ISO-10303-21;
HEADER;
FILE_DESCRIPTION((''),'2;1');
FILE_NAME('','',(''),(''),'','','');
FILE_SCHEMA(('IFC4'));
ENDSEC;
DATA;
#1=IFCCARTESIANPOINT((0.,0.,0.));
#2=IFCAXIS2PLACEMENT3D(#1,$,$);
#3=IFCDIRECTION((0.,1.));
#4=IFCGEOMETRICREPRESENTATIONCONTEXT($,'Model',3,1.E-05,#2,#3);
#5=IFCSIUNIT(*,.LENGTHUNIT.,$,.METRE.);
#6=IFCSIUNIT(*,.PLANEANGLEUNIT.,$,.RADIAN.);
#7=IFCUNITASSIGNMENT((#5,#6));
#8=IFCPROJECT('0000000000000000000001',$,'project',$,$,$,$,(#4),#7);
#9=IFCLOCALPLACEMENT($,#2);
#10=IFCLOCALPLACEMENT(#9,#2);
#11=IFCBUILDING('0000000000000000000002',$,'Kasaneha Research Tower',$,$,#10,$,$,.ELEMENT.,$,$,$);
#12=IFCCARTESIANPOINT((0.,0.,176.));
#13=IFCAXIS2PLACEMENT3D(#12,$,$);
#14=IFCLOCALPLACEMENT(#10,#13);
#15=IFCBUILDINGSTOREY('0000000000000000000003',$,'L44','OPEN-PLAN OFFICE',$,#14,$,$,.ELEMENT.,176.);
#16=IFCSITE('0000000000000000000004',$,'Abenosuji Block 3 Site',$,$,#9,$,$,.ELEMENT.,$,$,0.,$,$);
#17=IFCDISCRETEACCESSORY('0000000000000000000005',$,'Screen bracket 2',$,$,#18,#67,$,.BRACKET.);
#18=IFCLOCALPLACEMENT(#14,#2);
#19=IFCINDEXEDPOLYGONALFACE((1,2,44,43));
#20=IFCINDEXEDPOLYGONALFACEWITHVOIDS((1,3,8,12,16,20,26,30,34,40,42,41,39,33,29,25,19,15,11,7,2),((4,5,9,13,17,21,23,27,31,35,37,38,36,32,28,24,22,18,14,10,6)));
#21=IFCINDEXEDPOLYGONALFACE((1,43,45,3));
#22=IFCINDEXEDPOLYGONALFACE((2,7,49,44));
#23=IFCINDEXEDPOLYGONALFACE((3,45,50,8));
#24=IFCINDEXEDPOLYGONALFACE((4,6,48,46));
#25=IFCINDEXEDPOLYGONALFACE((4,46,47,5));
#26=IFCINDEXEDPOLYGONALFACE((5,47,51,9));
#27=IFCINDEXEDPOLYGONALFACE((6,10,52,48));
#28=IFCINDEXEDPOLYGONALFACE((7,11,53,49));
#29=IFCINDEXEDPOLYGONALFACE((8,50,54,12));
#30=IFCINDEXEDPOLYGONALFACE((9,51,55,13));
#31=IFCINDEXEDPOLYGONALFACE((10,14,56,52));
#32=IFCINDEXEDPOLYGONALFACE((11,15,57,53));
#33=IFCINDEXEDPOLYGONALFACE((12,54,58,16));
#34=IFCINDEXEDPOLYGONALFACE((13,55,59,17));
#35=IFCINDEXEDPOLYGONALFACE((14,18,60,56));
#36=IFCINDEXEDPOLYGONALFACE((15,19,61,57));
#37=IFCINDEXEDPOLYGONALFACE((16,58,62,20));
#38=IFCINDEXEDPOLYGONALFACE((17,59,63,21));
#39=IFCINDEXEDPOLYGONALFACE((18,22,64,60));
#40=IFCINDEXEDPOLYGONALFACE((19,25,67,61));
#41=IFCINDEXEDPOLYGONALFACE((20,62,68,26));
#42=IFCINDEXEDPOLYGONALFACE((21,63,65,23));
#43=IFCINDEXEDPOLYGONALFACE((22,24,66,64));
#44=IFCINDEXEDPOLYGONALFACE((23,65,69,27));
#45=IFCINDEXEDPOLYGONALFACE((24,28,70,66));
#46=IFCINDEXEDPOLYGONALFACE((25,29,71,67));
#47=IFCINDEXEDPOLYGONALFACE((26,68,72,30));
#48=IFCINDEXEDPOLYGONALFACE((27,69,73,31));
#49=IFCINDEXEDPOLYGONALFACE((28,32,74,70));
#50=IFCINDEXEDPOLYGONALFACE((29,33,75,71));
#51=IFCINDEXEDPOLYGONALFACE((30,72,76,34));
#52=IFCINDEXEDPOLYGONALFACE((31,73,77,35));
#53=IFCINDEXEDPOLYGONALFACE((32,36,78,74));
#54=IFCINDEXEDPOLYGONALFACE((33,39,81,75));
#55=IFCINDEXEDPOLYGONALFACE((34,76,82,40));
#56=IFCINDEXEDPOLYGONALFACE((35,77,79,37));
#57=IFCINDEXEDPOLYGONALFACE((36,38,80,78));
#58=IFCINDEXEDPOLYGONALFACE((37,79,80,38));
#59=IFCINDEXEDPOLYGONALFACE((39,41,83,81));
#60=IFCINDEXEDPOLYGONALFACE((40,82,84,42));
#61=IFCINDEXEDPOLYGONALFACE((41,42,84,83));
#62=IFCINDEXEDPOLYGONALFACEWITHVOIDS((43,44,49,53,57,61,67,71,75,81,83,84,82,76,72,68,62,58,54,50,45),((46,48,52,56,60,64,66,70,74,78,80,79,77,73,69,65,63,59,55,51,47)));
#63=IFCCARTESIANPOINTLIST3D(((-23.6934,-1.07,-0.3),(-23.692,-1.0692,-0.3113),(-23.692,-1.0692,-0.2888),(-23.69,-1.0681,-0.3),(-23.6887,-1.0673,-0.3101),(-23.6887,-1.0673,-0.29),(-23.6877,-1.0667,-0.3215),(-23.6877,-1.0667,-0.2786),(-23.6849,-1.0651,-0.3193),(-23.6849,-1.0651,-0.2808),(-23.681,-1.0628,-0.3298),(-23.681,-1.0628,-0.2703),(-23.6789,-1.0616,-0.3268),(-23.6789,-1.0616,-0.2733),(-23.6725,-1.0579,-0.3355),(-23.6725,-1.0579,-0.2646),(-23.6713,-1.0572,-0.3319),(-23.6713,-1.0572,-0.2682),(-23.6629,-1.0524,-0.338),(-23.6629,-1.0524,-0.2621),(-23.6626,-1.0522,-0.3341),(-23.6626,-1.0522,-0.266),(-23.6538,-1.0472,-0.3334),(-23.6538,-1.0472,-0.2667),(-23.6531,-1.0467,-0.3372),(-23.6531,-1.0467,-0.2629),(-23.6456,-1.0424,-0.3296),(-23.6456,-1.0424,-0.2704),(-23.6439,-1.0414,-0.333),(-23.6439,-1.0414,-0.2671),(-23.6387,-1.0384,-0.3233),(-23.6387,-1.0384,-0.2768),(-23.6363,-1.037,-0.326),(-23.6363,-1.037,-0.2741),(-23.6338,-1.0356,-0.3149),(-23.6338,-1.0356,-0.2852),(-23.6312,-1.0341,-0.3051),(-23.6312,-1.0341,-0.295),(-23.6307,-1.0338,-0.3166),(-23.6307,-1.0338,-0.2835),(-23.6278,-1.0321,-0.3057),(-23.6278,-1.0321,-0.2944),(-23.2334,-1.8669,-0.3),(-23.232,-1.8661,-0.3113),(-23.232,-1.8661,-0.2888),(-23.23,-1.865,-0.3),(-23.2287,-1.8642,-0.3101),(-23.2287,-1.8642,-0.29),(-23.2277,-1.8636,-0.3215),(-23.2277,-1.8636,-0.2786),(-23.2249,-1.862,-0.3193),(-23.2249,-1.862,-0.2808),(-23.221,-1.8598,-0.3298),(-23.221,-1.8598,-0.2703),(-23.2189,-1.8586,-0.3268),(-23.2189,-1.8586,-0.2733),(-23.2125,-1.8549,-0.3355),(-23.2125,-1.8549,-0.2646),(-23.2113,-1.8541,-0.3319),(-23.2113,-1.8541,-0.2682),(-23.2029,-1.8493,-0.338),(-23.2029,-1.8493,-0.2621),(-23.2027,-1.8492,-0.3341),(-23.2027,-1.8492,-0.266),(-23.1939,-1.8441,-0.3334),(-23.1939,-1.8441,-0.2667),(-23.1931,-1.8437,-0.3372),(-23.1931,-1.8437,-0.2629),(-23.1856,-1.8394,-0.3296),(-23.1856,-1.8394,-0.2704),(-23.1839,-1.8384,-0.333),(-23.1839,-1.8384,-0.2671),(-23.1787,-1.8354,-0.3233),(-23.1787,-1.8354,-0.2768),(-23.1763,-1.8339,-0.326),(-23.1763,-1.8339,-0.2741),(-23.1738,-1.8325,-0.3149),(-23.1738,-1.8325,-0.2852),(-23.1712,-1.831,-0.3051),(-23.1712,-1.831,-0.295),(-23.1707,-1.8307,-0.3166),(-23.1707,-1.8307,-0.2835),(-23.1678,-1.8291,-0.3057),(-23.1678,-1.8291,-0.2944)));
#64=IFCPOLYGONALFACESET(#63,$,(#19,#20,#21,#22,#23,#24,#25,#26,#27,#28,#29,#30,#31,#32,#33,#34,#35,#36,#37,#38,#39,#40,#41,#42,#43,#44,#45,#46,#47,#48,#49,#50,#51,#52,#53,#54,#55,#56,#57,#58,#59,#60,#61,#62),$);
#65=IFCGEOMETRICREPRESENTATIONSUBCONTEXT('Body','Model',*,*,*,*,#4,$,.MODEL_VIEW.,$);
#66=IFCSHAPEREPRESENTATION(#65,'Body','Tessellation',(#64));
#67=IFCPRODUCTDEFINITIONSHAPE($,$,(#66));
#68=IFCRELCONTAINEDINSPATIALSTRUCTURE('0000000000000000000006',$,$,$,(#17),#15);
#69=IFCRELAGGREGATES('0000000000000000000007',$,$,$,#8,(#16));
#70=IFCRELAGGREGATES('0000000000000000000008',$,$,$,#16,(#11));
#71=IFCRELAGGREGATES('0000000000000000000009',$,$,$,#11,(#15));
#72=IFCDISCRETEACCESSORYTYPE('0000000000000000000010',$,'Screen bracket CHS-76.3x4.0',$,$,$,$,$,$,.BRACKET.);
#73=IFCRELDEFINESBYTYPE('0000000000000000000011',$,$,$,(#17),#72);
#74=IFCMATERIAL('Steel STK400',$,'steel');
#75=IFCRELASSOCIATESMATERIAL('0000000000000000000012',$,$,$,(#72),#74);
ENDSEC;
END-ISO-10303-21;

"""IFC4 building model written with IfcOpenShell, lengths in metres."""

from ifc_helpers import new_model, si_unit, direction, frame, origin, origin_2d, place, context, subcontext, project, spatial, hollow_circle, extrude, material, material_profile, profile_set, type_object, element, save


model = new_model("IFC4")

# Units and contexts
model_context = context("Model", 3, precision=1e-05, world=origin(), true_north=direction((0.0, 1.0)))
body_context = subcontext(model_context, "Body", "Model", "MODEL_VIEW")
ifc_project = project(units=[si_unit("LENGTHUNIT", "METRE"), si_unit("PLANEANGLEUNIT", "RADIAN")], contexts=[model_context])

# Site, building, storey
site_placement = place(None, origin())
site = spatial("IfcSite", under=ifc_project, at=site_placement, Name="Abenosuji Block 3 Site", CompositionType="ELEMENT", RefElevation=0.0)
building_placement = place(site_placement, origin())
building = spatial("IfcBuilding", under=site, at=building_placement, Name="Kasaneha Research Tower", CompositionType="ELEMENT")
storey_placement = place(building_placement, frame((0.0, 0.0, 176.0)))
storey = spatial("IfcBuildingStorey", under=building, at=storey_placement, Name="L44", Description="OPEN-PLAN OFFICE", CompositionType="ELEMENT", Elevation=176.0)

# Discrete accessory
ifc_material_1 = material(Name="Steel STK400", Category="steel")
ifc_material_profile_1 = material_profile(ifc_material_1, hollow_circle(Radius=0.0381, WallThickness=0.0039, at=origin_2d()), Name="CHS-76.3x4.0")
ifc_profile_set_1 = profile_set([ifc_material_profile_1], Name="Steel STK400")
discrete_accessory_type = type_object("IfcDiscreteAccessoryType", Name="Screen bracket CHS-76.3x4.0", PredefinedType="BRACKET", material=ifc_profile_set_1)
discrete_accessory_placement = place(storey_placement, frame((-23.2004, -1.8479, -0.3), z_axis=(-0.499906, 0.86608, 0.0), x_axis=(-0.86608, -0.499906, 0.0)))
element("IfcDiscreteAccessory", 1, at=discrete_accessory_placement, inside=storey, type_object=discrete_accessory_type, Name="Screen bracket 2", PredefinedType="BRACKET", context=body_context, shape_type="SweptSolid", body=[
    extrude(hollow_circle(Radius=0.0381, WallThickness=0.0039, at=origin_2d()), origin(), (0.0, 0.0, 1.0), 0.9202),
])

save(model, "model.ifc")
